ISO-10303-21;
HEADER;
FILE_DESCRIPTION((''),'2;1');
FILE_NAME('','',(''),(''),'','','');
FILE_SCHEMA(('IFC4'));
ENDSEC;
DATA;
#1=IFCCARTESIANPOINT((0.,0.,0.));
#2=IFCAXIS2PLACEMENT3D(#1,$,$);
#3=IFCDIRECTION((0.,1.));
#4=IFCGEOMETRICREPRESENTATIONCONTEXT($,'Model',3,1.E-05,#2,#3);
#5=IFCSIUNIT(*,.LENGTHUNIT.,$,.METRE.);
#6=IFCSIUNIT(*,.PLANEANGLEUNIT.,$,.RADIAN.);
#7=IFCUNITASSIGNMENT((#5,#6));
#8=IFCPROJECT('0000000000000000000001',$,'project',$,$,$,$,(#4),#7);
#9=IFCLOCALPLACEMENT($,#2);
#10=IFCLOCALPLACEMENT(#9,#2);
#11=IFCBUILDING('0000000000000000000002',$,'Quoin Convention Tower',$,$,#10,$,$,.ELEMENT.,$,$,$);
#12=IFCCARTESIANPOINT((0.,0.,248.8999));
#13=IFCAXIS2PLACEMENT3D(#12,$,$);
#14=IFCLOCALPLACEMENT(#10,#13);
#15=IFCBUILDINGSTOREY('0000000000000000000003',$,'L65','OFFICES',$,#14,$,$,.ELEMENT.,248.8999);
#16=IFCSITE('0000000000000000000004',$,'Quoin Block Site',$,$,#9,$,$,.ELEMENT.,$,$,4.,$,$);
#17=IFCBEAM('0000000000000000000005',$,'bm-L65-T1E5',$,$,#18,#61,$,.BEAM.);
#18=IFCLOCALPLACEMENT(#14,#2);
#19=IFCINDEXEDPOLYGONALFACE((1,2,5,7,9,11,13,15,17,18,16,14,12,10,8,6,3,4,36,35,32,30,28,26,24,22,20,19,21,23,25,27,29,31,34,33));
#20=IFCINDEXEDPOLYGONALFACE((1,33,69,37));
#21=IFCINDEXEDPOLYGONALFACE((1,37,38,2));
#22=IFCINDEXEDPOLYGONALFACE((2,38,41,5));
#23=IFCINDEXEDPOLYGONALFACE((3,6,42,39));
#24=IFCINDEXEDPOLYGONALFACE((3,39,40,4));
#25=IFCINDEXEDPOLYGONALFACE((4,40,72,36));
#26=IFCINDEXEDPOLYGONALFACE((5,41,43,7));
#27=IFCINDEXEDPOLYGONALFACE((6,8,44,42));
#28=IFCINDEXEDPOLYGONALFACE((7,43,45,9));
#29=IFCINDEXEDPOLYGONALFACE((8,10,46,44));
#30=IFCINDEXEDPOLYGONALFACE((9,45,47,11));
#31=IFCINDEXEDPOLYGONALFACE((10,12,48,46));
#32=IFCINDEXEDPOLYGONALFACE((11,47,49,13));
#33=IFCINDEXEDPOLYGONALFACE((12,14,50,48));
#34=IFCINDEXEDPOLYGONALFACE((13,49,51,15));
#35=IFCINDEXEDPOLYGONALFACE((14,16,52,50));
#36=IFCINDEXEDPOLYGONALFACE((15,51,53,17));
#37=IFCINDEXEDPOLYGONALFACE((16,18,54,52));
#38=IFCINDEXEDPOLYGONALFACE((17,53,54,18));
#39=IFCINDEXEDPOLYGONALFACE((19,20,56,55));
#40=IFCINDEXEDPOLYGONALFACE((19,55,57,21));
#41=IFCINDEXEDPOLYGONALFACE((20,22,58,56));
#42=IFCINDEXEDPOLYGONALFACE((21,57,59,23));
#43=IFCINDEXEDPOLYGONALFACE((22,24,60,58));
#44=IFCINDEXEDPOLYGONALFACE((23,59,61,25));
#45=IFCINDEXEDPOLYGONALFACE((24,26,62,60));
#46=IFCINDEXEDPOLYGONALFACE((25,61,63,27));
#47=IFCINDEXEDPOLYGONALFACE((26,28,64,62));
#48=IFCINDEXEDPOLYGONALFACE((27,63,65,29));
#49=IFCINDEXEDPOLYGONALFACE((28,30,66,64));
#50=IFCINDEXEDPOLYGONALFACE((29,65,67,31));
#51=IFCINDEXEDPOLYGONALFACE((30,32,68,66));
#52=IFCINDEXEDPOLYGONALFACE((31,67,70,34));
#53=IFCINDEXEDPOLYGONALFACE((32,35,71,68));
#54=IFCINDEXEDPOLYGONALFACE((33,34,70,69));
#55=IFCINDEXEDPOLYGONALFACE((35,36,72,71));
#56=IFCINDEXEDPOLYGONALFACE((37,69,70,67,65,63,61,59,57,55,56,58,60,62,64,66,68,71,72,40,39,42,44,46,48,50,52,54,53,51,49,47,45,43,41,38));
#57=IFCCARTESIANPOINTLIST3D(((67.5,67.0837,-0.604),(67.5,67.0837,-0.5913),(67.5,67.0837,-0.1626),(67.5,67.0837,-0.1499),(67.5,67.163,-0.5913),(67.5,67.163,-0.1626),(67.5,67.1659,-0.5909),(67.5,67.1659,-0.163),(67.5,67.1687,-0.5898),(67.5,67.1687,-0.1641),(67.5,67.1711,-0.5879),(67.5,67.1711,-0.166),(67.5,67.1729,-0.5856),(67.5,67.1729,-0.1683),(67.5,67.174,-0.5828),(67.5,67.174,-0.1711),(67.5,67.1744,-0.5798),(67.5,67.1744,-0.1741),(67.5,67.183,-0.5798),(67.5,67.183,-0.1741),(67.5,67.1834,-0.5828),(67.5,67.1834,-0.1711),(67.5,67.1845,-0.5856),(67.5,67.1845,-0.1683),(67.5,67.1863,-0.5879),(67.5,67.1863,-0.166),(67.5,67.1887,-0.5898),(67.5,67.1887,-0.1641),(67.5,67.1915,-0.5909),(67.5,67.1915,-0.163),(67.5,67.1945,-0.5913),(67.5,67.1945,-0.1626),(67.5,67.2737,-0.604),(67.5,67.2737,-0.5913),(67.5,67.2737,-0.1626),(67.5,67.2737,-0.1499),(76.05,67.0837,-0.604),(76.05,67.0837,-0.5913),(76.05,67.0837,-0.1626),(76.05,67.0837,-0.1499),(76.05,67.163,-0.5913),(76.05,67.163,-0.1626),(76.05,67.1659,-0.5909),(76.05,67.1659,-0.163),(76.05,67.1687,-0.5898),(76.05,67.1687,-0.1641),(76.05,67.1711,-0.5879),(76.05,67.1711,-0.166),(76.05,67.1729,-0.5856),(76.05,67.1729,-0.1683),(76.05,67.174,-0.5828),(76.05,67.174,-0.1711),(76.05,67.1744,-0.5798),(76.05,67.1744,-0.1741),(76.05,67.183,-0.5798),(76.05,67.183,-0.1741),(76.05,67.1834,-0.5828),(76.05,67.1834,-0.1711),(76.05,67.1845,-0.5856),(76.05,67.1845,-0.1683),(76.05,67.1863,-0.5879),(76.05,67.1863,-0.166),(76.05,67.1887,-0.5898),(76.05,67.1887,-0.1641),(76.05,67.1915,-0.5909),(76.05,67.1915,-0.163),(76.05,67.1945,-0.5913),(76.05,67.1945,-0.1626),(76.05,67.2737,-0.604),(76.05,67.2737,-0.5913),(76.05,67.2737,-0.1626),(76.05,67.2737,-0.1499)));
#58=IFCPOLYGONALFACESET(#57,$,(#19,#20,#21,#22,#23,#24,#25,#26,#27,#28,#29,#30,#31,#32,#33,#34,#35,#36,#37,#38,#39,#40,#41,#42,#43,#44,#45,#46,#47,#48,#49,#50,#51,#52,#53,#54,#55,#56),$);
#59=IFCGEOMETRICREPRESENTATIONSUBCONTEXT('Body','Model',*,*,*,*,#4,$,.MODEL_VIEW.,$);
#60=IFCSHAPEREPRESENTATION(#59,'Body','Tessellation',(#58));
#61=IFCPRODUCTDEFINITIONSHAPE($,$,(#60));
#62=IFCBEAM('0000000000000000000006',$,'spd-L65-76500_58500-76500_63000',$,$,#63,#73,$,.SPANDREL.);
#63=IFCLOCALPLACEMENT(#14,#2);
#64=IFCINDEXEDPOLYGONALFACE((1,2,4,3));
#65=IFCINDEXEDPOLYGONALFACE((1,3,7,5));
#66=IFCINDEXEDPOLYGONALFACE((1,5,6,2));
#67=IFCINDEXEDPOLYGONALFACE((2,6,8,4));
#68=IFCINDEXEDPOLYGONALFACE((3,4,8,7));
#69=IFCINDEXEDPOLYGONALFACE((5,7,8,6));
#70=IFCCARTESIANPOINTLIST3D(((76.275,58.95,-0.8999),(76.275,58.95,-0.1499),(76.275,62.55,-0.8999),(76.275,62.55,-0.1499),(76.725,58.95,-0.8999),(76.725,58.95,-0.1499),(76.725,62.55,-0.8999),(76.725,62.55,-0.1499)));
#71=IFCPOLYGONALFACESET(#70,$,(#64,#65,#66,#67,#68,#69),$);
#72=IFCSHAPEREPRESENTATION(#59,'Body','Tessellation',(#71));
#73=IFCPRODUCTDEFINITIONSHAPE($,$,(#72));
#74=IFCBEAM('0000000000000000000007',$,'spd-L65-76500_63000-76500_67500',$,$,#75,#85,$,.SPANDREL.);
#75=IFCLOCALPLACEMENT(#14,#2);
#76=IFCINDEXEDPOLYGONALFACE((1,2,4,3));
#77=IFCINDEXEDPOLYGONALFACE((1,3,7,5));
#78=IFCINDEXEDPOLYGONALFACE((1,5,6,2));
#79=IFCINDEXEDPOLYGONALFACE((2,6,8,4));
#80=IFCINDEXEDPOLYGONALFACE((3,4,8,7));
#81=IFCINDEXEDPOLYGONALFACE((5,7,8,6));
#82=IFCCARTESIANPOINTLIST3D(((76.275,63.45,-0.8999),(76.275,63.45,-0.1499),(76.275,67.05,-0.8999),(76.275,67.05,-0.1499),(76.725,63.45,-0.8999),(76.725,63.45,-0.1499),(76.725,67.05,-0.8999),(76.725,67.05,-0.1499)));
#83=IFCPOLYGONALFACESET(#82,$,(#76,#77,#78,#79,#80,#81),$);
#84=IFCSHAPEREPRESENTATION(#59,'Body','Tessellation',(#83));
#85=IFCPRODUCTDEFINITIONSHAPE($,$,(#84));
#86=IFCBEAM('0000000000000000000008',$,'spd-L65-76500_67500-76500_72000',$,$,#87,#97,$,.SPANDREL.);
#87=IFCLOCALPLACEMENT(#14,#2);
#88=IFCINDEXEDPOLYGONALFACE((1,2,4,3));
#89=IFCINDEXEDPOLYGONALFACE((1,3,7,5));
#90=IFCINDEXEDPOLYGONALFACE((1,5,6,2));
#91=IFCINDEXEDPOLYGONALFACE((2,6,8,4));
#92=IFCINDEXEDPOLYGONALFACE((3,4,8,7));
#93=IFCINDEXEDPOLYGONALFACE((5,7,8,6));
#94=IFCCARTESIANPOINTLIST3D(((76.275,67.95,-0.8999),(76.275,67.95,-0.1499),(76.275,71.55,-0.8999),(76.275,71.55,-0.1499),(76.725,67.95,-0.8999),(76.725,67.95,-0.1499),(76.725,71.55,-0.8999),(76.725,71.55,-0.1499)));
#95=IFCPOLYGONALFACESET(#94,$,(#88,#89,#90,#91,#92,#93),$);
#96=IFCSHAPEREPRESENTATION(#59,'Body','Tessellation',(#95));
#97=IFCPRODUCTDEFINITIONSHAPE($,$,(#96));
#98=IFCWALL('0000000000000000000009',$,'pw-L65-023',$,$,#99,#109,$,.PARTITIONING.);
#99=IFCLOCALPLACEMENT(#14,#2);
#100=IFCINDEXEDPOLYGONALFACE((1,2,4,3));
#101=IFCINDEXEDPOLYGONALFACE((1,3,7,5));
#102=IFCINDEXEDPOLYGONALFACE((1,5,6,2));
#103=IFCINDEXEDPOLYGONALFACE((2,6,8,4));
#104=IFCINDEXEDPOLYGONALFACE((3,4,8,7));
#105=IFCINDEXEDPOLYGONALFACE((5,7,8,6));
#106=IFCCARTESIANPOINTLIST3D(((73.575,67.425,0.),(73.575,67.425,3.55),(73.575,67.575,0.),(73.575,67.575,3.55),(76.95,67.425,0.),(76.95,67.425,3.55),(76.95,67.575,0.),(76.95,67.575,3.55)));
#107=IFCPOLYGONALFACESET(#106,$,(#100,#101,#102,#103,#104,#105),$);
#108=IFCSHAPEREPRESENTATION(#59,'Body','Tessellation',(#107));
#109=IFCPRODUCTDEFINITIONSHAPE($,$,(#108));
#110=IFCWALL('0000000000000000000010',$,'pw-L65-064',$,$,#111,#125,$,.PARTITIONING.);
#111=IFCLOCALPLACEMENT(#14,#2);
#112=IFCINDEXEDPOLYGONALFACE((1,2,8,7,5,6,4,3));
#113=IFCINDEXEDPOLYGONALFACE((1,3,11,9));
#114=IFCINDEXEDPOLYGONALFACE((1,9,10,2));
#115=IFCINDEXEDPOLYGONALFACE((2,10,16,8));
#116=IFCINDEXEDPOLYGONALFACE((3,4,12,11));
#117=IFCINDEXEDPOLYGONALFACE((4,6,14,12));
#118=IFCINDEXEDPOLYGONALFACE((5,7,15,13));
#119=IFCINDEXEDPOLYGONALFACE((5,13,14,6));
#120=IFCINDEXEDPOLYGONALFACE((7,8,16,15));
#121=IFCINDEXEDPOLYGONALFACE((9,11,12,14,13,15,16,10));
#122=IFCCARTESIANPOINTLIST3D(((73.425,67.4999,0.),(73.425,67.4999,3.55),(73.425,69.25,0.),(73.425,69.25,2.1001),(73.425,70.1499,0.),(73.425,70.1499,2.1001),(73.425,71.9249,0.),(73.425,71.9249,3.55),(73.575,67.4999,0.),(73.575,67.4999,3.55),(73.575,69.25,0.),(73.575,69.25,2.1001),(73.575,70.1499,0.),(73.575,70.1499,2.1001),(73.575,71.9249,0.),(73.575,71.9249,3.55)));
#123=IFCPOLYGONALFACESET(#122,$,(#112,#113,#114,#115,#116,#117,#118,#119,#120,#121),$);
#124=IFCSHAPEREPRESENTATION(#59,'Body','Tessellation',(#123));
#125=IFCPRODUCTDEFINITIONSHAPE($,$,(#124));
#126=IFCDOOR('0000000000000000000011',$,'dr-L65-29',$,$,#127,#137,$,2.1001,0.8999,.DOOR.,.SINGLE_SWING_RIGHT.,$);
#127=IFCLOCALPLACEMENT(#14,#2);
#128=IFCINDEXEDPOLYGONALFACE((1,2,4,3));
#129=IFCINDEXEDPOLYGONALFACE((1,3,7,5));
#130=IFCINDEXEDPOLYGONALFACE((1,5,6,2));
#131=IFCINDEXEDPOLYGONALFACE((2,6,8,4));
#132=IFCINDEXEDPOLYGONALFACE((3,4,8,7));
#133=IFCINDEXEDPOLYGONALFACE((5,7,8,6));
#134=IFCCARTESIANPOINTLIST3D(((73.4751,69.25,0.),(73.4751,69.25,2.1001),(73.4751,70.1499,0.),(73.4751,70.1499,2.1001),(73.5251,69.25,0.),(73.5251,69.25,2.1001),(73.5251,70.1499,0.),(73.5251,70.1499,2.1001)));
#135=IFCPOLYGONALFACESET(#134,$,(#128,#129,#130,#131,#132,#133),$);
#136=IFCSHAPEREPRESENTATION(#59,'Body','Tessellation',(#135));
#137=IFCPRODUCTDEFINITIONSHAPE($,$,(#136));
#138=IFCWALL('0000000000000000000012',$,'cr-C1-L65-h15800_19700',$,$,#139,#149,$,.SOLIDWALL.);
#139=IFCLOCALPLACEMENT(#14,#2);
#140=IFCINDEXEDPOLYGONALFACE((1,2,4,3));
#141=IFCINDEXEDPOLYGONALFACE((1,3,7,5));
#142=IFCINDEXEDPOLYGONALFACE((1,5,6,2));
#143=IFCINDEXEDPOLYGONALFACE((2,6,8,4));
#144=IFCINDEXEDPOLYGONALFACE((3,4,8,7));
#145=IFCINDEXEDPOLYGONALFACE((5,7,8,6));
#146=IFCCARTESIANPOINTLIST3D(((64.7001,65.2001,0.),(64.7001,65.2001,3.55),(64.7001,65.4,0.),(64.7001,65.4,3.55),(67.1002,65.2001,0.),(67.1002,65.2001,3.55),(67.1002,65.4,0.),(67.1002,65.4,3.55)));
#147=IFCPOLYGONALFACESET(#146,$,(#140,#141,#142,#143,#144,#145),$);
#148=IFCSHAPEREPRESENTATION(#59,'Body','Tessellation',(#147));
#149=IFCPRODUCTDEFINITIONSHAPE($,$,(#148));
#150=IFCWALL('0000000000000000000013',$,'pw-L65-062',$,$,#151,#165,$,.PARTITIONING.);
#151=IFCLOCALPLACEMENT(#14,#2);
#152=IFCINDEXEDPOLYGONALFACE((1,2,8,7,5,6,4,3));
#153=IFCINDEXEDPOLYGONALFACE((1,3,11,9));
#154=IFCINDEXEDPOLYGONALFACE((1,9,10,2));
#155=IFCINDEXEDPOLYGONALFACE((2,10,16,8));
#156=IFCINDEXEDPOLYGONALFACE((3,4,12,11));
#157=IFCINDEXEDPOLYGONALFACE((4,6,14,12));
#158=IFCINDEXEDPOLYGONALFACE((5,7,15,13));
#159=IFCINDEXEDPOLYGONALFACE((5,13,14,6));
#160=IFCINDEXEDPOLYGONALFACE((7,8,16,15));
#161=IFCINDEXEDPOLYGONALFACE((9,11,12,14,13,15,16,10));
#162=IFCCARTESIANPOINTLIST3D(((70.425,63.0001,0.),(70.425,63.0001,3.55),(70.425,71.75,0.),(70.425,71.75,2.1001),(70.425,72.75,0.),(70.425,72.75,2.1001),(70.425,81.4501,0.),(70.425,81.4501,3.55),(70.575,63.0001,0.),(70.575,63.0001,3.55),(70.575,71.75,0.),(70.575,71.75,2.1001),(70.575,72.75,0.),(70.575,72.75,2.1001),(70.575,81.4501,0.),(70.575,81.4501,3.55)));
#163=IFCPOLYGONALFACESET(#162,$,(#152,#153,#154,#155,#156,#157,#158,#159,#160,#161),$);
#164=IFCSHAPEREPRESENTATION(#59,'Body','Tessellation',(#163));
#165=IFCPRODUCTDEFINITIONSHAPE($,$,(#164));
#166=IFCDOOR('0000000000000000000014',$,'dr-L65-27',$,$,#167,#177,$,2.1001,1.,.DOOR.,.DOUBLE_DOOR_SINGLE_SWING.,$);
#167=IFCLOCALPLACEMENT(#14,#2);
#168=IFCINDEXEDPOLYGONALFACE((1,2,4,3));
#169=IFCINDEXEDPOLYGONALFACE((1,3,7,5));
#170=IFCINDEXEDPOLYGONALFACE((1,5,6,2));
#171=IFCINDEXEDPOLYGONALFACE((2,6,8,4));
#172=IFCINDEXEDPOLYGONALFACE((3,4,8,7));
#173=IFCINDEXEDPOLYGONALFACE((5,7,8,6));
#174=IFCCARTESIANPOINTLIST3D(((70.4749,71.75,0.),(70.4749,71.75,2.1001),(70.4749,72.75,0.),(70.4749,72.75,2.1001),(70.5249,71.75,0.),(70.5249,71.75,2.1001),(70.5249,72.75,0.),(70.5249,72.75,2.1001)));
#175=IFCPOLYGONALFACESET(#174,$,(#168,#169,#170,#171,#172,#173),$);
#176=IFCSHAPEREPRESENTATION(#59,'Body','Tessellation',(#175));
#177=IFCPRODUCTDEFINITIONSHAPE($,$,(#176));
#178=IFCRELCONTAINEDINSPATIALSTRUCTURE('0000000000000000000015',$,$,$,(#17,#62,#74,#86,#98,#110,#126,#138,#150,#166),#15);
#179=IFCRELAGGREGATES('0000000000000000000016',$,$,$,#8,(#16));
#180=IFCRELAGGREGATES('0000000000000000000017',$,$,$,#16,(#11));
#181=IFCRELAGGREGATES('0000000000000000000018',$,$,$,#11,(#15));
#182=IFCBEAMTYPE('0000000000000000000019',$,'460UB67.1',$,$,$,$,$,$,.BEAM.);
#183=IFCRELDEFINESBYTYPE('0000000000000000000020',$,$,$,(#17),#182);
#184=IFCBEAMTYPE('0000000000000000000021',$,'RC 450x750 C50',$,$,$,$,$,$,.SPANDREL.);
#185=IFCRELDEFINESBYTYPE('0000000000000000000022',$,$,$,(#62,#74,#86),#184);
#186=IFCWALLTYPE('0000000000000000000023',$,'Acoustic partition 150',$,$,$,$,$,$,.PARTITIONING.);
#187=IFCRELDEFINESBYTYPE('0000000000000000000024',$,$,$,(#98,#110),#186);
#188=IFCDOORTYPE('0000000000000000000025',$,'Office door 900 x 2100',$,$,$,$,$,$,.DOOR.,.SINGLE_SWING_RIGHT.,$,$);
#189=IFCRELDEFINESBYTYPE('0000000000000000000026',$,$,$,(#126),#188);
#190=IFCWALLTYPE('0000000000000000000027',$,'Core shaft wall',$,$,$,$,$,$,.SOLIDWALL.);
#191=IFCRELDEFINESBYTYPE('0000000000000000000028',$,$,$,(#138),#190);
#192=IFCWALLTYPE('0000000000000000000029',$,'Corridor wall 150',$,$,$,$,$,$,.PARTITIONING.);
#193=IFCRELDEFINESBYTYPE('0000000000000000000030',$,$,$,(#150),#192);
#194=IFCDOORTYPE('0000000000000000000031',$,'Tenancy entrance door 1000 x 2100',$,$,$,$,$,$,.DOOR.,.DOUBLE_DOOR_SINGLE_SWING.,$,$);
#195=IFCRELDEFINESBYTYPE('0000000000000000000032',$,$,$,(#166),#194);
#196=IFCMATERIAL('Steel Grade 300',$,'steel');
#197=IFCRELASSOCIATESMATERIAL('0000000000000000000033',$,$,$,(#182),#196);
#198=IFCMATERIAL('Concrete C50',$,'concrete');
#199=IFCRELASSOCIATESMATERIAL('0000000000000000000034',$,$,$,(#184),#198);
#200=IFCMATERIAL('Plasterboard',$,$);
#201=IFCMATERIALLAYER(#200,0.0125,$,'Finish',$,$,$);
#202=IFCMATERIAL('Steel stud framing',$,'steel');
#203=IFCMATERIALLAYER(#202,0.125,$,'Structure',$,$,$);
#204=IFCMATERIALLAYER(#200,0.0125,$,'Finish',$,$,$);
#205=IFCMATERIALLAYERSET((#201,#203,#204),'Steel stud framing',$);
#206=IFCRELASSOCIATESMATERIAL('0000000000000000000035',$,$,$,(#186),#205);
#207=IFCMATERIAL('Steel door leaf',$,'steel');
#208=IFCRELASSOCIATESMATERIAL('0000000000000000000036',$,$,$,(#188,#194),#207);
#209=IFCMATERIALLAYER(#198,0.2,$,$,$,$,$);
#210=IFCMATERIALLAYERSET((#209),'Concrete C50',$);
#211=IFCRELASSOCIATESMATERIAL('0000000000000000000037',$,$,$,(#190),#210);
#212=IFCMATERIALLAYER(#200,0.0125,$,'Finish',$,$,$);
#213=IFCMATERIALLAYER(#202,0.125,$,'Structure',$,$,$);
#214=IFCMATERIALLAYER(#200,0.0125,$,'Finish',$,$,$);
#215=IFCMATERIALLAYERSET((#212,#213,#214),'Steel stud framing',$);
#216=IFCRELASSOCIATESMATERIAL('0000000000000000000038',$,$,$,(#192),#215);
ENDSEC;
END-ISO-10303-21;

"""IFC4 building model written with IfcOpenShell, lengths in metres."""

from ifc_helpers import new_model, si_unit, direction, frame, frame_2d, origin, origin_2d, place, context, subcontext, project, spatial, rectangle, i_section, extrude, material, layer, layer_set, material_profile, profile_set, type_object, element, fill, save


model = new_model("IFC4")

# Units and contexts
model_context = context("Model", 3, precision=1e-05, world=origin(), true_north=direction((0.0, 1.0)))
body_context = subcontext(model_context, "Body", "Model", "MODEL_VIEW")
ifc_project = project(units=[si_unit("LENGTHUNIT", "METRE"), si_unit("PLANEANGLEUNIT", "RADIAN")], contexts=[model_context])

# Site, building, storey
site_placement = place(None, origin())
site = spatial("IfcSite", under=ifc_project, at=site_placement, Name="Quoin Block Site", CompositionType="ELEMENT", RefElevation=4.0)
building_placement = place(site_placement, origin())
building = spatial("IfcBuilding", under=site, at=building_placement, Name="Quoin Convention Tower", CompositionType="ELEMENT")
storey_placement = place(building_placement, frame((0.0, 0.0, 248.8999)))
storey = spatial("IfcBuildingStorey", under=building, at=storey_placement, Name="L65", Description="OFFICES", CompositionType="ELEMENT", Elevation=248.8999)

# Shared definitions
ifc_material_1 = material(Name="Concrete C50", Category="concrete")

# Beams
ifc_material_2 = material(Name="Steel Grade 300", Category="steel")
ifc_material_profile_1 = material_profile(ifc_material_2, i_section(OverallWidth=0.1899, OverallDepth=0.4541, WebThickness=0.0085, FlangeThickness=0.0127, FilletRadius=0.0115, at=origin_2d()), Name="460UB67.1")
ifc_profile_set_1 = profile_set([ifc_material_profile_1], Name="Steel Grade 300")
beam_type_1 = type_object("IfcBeamType", Name="460UB67.1", PredefinedType="BEAM", material=ifc_profile_set_1)
beam_placement = place(storey_placement, frame((67.5, 67.1787, -0.377), z_axis=(1.0, 0.0, 0.0), x_axis=(0.0, 1.0, 0.0)))
element("IfcBeam", 1, at=beam_placement, inside=storey, type_object=beam_type_1, Name="bm-L65-T1E5", PredefinedType="BEAM", context=body_context, shape_type="SweptSolid", body=[
    extrude(i_section(OverallWidth=0.1899, OverallDepth=0.4541, WebThickness=0.0085, FlangeThickness=0.0127, FilletRadius=0.0115, at=origin_2d()), origin(), (0.0, 0.0, 1.0), 8.55),
])
ifc_material_profile_2 = material_profile(ifc_material_1, rectangle(XDim=0.45, YDim=0.75, at=origin_2d()), Name="RC 450x750")
ifc_profile_set_2 = profile_set([ifc_material_profile_2], Name="Concrete C50")
beam_type_2 = type_object("IfcBeamType", Name="RC 450x750 C50", PredefinedType="SPANDREL", material=ifc_profile_set_2)
for number, where, z_axis, x_axis, name in (
    (2, (76.5, 58.95, -0.5249), (0.0, 1.0, 0.0), (-1.0, 0.0, 0.0), "spd-L65-76500_58500-76500_63000"),
    (3, (76.5, 63.45, -0.5249), (0.0, 1.0, 0.0), (-1.0, 0.0, 0.0), "spd-L65-76500_63000-76500_67500"),
    (4, (76.5, 67.95, -0.5249), (0.0, 1.0, 0.0), (-1.0, 0.0, 0.0), "spd-L65-76500_67500-76500_72000"),
):
    element("IfcBeam", number, at=place(storey_placement, frame(where, z_axis=z_axis, x_axis=x_axis)), inside=storey, type_object=beam_type_2, Name=name, PredefinedType="SPANDREL", context=body_context, shape_type="SweptSolid", body=[
        extrude(rectangle(XDim=0.45, YDim=0.75, at=origin_2d()), origin(), (0.0, 0.0, 1.0), 3.6001),
    ])

# Wall
ifc_material_3 = material(Name="Plasterboard")
ifc_layer_1 = layer(ifc_material_3, 0.0125, Name="Finish")
ifc_material_4 = material(Name="Steel stud framing", Category="steel")
ifc_layer_2 = layer(ifc_material_4, 0.125, Name="Structure")
ifc_layer_3 = layer(ifc_material_3, 0.0125, Name="Finish")
ifc_layer_set_1 = layer_set([ifc_layer_1, ifc_layer_2, ifc_layer_3], Name="Steel stud framing")
wall_type_1 = type_object("IfcWallType", Name="Acoustic partition 150", PredefinedType="PARTITIONING", material=ifc_layer_set_1)
wall_1_placement = place(storey_placement, frame((73.575, 67.5, 0.0), z_axis=(0.0, 0.0, 1.0), x_axis=(1.0, 0.0, 0.0)))
element("IfcWall", 5, at=wall_1_placement, inside=storey, type_object=wall_type_1, Name="pw-L65-023", PredefinedType="PARTITIONING", context=body_context, shape_type="SweptSolid", body=[
    extrude(rectangle(XDim=3.375, YDim=0.1499, at=frame_2d((1.6875, 0.0))), origin(), (0.0, 0.0, 1.0), 3.55),
])

# Wall, opening, door
wall_2_placement = place(storey_placement, frame((73.5, 67.5, 0.0), z_axis=(0.0, 0.0, 1.0), x_axis=(0.0, 1.0, 0.0)))
wall_2 = element("IfcWall", 6, at=wall_2_placement, inside=storey, type_object=wall_type_1, Name="pw-L65-064", PredefinedType="PARTITIONING", context=body_context, shape_type="SweptSolid", body=[
    extrude(rectangle(XDim=4.425, YDim=0.1499, at=frame_2d((2.2124, 0.0))), origin(), (0.0, 0.0, 1.0), 3.55),
])
opening_1_placement = place(wall_2_placement, frame((1.75, 0.0, 0.0)))
opening_1 = element("IfcOpeningElement", 7, at=opening_1_placement, cuts=wall_2, PredefinedType="OPENING", context=body_context, shape_type="SweptSolid", body=[
    extrude(rectangle(XDim=0.8999, YDim=2.1001, at=frame_2d((0.45, 1.05))), frame((0.0, 0.085, 0.0), z_axis=(0.0, -1.0, 0.0), x_axis=(1.0, 0.0, 0.0)), (0.0, 0.0, 1.0), 0.1699),
])
ifc_material_5 = material(Name="Steel door leaf", Category="steel")
door_type_1 = type_object("IfcDoorType", Name="Office door 900 x 2100", OperationType="SINGLE_SWING_RIGHT", PredefinedType="DOOR", material=ifc_material_5)
door_1_placement = place(opening_1_placement, origin())
door_1 = element("IfcDoor", 8, at=door_1_placement, inside=storey, type_object=door_type_1, Name="dr-L65-29", OperationType="SINGLE_SWING_RIGHT", OverallHeight=2.1001, OverallWidth=0.8999, PredefinedType="DOOR", context=body_context, shape_type="SweptSolid", body=[
    extrude(rectangle(XDim=0.8999, YDim=2.1001, at=frame_2d((0.45, 1.05))), frame((0.0, 0.0249, 0.0), z_axis=(0.0, -1.0, 0.0), x_axis=(1.0, 0.0, 0.0)), (0.0, 0.0, 1.0), 0.05),
])
fill(opening_1, door_1)

# Wall
ifc_layer_4 = layer(ifc_material_1, 0.2)
ifc_layer_set_2 = layer_set([ifc_layer_4], Name="Concrete C50")
wall_type_2 = type_object("IfcWallType", Name="Core shaft wall", PredefinedType="SOLIDWALL", material=ifc_layer_set_2)
wall_3_placement = place(storey_placement, frame((64.7, 65.3, 0.0), z_axis=(0.0, 0.0, 1.0), x_axis=(1.0, 0.0, 0.0)))
element("IfcWall", 9, at=wall_3_placement, inside=storey, type_object=wall_type_2, Name="cr-C1-L65-h15800_19700", PredefinedType="SOLIDWALL", context=body_context, shape_type="SweptSolid", body=[
    extrude(rectangle(XDim=2.4001, YDim=0.2, at=frame_2d((1.2002, 0.0))), origin(), (0.0, 0.0, 1.0), 3.55),
])

# Wall, opening, door
ifc_layer_5 = layer(ifc_material_3, 0.0125, Name="Finish")
ifc_layer_6 = layer(ifc_material_4, 0.125, Name="Structure")
ifc_layer_7 = layer(ifc_material_3, 0.0125, Name="Finish")
ifc_layer_set_3 = layer_set([ifc_layer_5, ifc_layer_6, ifc_layer_7], Name="Steel stud framing")
wall_type_3 = type_object("IfcWallType", Name="Corridor wall 150", PredefinedType="PARTITIONING", material=ifc_layer_set_3)
wall_4_placement = place(storey_placement, frame((70.5, 63.0, 0.0), z_axis=(0.0, 0.0, 1.0), x_axis=(0.0, 1.0, 0.0)))
wall_4 = element("IfcWall", 10, at=wall_4_placement, inside=storey, type_object=wall_type_3, Name="pw-L65-062", PredefinedType="PARTITIONING", context=body_context, shape_type="SweptSolid", body=[
    extrude(rectangle(XDim=18.45, YDim=0.1499, at=frame_2d((9.2251, 0.0))), origin(), (0.0, 0.0, 1.0), 3.55),
])
opening_2_placement = place(wall_4_placement, frame((8.75, 0.0, 0.0)))
opening_2 = element("IfcOpeningElement", 11, at=opening_2_placement, cuts=wall_4, PredefinedType="OPENING", context=body_context, shape_type="SweptSolid", body=[
    extrude(rectangle(XDim=1.0, YDim=2.1001, at=frame_2d((0.5, 1.05))), frame((0.0, 0.085, 0.0), z_axis=(0.0, -1.0, 0.0), x_axis=(1.0, 0.0, 0.0)), (0.0, 0.0, 1.0), 0.1699),
])
door_type_2 = type_object("IfcDoorType", Name="Tenancy entrance door 1000 x 2100", OperationType="DOUBLE_DOOR_SINGLE_SWING", PredefinedType="DOOR", material=ifc_material_5)
door_2_placement = place(opening_2_placement, frame((1.0, 0.0, 0.0), z_axis=(0.0, 0.0, 1.0), x_axis=(-1.0, 0.0, 0.0)))
door_2 = element("IfcDoor", 12, at=door_2_placement, inside=storey, type_object=door_type_2, Name="dr-L65-27", OperationType="DOUBLE_DOOR_SINGLE_SWING", OverallHeight=2.1001, OverallWidth=1.0, PredefinedType="DOOR", context=body_context, shape_type="SweptSolid", body=[
    extrude(rectangle(XDim=1.0, YDim=2.1001, at=frame_2d((0.5, 1.05))), frame((0.0, 0.0249, 0.0), z_axis=(0.0, -1.0, 0.0), x_axis=(1.0, 0.0, 0.0)), (0.0, 0.0, 1.0), 0.05),
])
fill(opening_2, door_2)

save(model, "model.ifc")
